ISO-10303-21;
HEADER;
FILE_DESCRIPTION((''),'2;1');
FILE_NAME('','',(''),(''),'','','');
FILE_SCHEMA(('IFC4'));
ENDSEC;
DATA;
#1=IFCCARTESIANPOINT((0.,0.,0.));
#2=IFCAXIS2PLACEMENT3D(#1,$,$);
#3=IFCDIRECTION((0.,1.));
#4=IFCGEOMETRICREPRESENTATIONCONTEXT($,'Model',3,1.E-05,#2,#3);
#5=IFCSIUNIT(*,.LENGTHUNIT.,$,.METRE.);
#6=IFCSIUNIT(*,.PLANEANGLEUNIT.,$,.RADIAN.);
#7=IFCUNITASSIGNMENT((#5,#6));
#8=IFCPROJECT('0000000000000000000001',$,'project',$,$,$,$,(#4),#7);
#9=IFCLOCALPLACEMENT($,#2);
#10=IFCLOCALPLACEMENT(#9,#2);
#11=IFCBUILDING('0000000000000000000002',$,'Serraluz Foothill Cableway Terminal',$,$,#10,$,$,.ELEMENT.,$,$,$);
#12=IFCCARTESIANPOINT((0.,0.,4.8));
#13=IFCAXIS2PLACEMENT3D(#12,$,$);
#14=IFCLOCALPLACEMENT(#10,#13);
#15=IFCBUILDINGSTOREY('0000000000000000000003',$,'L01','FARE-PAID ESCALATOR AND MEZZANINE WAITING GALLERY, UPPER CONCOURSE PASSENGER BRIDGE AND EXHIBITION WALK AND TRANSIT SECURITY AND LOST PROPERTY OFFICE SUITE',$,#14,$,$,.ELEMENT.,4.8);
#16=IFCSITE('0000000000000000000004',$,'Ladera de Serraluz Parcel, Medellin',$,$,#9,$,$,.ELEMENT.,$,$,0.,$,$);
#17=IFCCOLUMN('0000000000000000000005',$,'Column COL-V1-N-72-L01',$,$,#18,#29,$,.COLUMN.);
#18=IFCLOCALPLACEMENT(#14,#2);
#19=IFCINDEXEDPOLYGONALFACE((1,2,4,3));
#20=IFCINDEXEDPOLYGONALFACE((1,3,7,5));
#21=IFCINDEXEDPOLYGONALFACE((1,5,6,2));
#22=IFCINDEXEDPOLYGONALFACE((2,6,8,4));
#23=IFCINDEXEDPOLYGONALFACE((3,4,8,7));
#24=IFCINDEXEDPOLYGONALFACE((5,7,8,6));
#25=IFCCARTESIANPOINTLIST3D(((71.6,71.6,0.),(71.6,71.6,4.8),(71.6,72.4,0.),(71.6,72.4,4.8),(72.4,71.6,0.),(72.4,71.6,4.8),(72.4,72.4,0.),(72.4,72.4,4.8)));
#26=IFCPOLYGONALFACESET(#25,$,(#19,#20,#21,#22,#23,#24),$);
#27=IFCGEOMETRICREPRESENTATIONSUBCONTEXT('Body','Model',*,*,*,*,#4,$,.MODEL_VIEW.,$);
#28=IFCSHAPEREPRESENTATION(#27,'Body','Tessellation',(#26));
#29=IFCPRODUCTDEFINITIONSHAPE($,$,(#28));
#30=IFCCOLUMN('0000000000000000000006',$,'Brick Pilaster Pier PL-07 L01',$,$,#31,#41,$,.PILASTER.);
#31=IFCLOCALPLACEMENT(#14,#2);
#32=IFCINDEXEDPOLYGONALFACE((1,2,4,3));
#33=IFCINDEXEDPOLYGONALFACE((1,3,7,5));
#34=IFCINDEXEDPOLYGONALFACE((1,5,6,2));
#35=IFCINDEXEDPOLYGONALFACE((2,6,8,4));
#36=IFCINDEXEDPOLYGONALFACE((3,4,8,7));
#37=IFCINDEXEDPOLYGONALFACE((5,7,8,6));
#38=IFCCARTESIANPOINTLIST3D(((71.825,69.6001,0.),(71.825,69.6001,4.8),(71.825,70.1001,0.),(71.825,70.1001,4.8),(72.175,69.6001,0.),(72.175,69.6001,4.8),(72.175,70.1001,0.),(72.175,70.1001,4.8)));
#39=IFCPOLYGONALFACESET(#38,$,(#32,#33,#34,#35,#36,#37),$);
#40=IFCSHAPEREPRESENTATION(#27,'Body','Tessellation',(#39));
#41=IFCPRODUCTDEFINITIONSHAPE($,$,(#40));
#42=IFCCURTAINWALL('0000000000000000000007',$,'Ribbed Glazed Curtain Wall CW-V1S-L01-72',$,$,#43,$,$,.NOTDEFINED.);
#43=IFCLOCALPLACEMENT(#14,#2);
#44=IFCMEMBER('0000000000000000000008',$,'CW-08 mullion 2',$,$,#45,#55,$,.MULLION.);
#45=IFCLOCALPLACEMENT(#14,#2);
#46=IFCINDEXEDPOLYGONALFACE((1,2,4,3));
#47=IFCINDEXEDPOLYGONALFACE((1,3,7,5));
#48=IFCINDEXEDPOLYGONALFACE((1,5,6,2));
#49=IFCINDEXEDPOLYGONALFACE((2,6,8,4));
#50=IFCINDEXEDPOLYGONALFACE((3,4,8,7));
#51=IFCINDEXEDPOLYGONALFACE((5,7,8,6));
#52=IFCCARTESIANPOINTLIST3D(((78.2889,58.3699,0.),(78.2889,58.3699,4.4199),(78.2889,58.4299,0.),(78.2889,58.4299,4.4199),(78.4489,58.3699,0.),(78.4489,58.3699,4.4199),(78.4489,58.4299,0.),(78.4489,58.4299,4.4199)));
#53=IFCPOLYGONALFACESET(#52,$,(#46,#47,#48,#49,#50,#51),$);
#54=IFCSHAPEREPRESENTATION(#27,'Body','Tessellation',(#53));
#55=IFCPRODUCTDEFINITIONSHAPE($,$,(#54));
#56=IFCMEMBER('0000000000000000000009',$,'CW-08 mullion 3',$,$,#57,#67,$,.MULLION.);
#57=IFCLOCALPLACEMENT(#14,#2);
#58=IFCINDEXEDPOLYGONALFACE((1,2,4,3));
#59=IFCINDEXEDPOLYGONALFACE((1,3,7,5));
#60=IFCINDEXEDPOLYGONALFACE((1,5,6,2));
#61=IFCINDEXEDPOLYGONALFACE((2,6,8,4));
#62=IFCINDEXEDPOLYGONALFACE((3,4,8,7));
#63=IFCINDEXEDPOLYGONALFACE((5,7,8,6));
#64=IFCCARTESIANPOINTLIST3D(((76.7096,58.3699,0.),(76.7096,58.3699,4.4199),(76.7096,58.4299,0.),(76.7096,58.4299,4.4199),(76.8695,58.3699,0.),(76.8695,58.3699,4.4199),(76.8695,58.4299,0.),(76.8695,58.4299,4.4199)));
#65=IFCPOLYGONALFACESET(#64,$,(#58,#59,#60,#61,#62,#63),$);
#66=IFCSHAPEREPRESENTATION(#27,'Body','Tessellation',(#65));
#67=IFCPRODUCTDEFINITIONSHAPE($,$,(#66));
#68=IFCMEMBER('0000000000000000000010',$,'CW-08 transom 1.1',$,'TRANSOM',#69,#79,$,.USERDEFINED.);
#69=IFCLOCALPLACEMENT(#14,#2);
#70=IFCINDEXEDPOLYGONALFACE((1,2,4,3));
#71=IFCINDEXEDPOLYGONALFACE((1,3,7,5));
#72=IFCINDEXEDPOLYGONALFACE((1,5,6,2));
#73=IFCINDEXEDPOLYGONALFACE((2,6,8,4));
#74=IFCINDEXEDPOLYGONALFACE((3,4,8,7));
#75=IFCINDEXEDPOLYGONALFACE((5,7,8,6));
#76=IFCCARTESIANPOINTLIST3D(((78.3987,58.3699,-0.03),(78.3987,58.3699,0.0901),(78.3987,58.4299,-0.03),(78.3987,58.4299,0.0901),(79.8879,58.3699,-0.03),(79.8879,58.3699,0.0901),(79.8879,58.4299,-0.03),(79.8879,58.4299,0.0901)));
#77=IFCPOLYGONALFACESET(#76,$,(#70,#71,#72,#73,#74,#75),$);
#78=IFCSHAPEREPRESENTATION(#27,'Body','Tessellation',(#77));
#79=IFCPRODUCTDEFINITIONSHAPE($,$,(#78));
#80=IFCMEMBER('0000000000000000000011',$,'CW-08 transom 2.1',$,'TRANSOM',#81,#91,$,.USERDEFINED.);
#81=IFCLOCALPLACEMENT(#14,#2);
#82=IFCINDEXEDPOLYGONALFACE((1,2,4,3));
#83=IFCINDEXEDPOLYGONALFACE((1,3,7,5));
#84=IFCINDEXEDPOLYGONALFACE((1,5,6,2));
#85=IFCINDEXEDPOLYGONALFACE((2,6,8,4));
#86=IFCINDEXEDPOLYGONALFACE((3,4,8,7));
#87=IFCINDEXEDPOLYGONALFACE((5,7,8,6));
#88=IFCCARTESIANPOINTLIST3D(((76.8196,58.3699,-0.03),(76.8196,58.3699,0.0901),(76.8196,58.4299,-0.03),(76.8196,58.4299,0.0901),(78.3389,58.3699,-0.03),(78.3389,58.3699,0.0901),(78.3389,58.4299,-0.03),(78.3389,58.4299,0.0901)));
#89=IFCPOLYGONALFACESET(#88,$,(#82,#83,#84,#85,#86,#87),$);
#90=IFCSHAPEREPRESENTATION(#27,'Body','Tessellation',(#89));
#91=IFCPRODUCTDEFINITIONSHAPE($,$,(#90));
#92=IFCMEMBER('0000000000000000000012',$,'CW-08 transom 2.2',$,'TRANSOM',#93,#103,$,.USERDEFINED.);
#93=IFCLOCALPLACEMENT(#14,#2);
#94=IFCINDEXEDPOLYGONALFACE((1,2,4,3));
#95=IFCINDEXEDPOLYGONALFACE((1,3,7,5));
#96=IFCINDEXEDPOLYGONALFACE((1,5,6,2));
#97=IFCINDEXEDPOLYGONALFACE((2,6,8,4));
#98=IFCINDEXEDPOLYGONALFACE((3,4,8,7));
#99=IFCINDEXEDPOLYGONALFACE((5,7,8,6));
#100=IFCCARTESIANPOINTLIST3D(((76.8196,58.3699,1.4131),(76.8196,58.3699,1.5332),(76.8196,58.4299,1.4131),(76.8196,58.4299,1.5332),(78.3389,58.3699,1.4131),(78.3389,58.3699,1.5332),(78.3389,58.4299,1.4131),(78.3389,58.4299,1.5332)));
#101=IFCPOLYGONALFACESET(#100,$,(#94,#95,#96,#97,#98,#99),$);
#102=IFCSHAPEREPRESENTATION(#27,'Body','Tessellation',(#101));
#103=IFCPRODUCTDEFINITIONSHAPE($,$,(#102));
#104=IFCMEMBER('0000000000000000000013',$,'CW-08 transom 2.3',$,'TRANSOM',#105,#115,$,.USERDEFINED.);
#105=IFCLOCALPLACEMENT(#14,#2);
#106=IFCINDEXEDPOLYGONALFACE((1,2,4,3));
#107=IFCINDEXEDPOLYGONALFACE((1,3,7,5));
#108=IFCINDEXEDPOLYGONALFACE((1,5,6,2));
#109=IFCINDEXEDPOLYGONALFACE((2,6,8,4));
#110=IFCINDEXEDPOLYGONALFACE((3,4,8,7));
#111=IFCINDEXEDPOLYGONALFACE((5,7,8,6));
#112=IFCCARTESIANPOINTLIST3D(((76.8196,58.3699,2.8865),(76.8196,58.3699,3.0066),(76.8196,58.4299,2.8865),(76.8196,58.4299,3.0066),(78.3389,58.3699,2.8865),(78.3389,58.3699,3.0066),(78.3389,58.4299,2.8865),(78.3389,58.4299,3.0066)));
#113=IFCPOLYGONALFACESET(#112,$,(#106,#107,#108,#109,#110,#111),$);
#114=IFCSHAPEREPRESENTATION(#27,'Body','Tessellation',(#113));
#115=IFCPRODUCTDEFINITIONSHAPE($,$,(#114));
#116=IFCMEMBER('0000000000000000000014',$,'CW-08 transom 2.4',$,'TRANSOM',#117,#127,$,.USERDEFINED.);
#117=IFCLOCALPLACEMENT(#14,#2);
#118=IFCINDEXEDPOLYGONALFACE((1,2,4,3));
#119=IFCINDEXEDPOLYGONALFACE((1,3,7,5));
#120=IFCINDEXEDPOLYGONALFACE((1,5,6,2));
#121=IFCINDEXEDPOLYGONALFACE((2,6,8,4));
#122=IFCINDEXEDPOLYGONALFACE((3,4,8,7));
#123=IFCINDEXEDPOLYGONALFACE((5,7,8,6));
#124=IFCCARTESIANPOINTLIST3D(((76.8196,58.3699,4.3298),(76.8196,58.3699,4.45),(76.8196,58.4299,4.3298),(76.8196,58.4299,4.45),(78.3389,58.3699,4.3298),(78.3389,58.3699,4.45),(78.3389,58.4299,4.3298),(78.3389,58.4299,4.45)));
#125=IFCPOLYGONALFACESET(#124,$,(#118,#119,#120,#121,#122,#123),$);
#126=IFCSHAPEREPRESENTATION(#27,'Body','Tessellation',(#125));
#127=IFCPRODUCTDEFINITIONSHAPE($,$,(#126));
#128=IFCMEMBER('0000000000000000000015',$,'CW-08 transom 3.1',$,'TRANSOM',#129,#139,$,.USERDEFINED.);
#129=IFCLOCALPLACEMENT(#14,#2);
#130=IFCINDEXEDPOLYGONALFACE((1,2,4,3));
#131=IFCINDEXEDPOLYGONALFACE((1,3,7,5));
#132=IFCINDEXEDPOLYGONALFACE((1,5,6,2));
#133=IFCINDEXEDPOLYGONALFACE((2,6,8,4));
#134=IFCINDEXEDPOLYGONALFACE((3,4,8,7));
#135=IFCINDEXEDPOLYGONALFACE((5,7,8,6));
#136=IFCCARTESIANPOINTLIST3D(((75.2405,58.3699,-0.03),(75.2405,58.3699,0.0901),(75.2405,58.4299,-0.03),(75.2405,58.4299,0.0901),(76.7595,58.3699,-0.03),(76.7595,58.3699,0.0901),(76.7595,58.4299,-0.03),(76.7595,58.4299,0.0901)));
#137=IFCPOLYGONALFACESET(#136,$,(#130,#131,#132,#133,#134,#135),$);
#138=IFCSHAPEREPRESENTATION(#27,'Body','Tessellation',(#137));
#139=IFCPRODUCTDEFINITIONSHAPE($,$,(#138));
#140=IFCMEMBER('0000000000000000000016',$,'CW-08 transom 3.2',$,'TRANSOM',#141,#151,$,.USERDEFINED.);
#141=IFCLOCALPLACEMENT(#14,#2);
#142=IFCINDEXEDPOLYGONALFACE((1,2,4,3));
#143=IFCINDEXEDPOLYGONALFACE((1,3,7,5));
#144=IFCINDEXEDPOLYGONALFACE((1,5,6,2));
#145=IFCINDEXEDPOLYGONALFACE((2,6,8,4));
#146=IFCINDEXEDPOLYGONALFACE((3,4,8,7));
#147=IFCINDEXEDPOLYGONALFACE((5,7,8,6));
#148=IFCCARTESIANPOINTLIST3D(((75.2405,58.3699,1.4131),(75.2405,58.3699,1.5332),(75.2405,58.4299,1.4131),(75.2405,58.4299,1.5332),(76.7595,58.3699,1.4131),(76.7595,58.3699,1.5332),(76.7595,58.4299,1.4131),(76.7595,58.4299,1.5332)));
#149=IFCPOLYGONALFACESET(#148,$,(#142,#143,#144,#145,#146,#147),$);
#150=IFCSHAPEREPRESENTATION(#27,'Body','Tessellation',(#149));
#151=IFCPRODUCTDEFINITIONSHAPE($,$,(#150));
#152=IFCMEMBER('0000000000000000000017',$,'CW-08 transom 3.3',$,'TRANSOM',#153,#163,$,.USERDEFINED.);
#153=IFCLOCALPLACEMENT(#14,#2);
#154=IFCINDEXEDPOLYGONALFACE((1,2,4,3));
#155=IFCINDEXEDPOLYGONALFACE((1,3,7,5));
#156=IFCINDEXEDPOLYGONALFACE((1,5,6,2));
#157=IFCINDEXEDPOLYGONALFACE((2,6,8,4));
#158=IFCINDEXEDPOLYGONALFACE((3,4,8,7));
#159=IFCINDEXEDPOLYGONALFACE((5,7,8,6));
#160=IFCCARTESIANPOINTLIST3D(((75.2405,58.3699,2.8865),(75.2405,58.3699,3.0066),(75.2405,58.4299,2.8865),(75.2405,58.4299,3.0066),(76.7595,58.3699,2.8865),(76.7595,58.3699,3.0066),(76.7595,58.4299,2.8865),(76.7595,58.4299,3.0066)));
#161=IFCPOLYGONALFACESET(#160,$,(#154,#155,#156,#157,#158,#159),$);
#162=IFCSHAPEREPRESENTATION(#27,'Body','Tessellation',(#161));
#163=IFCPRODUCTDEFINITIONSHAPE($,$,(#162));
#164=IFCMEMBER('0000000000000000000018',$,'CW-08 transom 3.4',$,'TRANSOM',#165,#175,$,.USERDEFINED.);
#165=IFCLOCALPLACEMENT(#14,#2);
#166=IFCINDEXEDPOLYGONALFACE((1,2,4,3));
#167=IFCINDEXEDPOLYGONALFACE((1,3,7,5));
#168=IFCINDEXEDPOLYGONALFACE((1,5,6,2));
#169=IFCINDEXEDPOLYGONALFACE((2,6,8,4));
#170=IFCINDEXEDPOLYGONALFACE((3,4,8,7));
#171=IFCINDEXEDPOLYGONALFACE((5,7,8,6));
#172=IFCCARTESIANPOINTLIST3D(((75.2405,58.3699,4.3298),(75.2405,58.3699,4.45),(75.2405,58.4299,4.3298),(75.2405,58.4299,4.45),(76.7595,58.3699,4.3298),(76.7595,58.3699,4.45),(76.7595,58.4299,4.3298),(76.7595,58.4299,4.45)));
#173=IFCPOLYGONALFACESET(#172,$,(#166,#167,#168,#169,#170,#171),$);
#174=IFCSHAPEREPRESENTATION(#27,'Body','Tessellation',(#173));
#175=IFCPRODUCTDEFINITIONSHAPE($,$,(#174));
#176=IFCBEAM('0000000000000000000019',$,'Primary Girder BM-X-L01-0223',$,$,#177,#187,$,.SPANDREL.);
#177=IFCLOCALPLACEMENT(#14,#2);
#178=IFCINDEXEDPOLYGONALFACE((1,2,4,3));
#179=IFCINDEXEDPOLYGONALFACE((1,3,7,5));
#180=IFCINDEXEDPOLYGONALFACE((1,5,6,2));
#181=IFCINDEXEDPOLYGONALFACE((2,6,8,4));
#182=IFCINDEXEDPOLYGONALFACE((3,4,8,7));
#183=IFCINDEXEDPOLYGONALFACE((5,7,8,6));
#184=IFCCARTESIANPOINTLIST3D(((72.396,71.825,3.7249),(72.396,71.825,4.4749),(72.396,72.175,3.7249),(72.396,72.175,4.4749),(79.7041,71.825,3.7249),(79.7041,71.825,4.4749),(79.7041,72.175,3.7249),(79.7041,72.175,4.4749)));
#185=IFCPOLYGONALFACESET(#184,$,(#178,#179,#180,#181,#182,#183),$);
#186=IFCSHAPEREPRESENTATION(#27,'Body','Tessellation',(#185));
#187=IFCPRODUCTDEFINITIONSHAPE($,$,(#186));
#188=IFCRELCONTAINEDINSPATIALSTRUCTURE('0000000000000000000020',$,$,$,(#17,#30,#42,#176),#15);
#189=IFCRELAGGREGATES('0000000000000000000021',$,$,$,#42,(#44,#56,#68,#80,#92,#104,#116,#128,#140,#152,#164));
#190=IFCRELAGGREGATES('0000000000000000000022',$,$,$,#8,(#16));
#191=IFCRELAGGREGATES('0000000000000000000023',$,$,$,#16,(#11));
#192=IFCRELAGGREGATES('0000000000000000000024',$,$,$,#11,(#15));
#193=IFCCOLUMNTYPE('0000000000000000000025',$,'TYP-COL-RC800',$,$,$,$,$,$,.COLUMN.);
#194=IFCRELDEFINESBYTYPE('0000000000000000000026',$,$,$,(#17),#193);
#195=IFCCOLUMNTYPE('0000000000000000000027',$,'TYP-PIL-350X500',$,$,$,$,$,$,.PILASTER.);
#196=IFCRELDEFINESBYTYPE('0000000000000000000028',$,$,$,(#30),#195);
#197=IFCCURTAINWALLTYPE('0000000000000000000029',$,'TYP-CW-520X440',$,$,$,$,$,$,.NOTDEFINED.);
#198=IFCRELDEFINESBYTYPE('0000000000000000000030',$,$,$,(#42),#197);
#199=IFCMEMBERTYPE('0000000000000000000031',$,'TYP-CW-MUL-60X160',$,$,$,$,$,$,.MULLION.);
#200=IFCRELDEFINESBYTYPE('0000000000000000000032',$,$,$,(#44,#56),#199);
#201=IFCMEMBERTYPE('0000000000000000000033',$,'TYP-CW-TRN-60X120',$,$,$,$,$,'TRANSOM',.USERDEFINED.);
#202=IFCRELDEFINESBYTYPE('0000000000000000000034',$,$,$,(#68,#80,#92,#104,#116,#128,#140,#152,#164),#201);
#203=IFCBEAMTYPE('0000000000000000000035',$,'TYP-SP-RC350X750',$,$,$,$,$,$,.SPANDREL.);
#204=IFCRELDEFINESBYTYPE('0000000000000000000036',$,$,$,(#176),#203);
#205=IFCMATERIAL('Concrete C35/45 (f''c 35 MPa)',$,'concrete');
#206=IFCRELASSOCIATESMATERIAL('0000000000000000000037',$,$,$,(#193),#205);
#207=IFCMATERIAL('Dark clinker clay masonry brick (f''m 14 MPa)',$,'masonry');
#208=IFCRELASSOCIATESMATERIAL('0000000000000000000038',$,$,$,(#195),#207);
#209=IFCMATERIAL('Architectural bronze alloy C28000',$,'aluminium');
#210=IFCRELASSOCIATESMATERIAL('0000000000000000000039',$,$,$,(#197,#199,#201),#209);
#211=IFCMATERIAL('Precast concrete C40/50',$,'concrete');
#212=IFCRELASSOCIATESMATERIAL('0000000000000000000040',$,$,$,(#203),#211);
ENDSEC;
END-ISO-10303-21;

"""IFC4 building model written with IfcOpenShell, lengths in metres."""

from ifc_helpers import new_model, si_unit, direction, frame, origin, origin_2d, place, context, subcontext, project, spatial, rectangle, extrude, material, material_profile, profile_set, type_object, element, aggregate, save


model = new_model("IFC4")

# Units and contexts
model_context = context("Model", 3, precision=1e-05, world=origin(), true_north=direction((0.0, 1.0)))
body_context = subcontext(model_context, "Body", "Model", "MODEL_VIEW")
ifc_project = project(units=[si_unit("LENGTHUNIT", "METRE"), si_unit("PLANEANGLEUNIT", "RADIAN")], contexts=[model_context])

# Site, building, storey
site_placement = place(None, origin())
site = spatial("IfcSite", under=ifc_project, at=site_placement, Name="Ladera de Serraluz Parcel, Medellin", CompositionType="ELEMENT", RefElevation=0.0)
building_placement = place(site_placement, origin())
building = spatial("IfcBuilding", under=site, at=building_placement, Name="Serraluz Foothill Cableway Terminal", CompositionType="ELEMENT")
storey_placement = place(building_placement, frame((0.0, 0.0, 4.8)))
storey = spatial("IfcBuildingStorey", under=building, at=storey_placement, Name="L01", Description="FARE-PAID ESCALATOR AND MEZZANINE WAITING GALLERY, UPPER CONCOURSE PASSENGER BRIDGE AND EXHIBITION WALK AND TRANSIT SECURITY AND LOST PROPERTY OFFICE SUITE", CompositionType="ELEMENT", Elevation=4.8)

# Columns
ifc_material_1 = material(Name="Concrete C35/45 (f'c 35 MPa)", Category="concrete")
ifc_material_profile_1 = material_profile(ifc_material_1, rectangle(XDim=0.8, YDim=0.8, at=origin_2d()), Name="RC 800x800")
ifc_profile_set_1 = profile_set([ifc_material_profile_1], Name="Concrete C35/45 (f'c 35 MPa)")
column_type_1 = type_object("IfcColumnType", Name="TYP-COL-RC800", PredefinedType="COLUMN", material=ifc_profile_set_1)
column_1_placement = place(storey_placement, frame((72.0, 72.0, 0.0), z_axis=(0.0, 0.0, 1.0), x_axis=(1.0, 0.0, 0.0)))
element("IfcColumn", 1, at=column_1_placement, inside=storey, type_object=column_type_1, Name="Column COL-V1-N-72-L01", PredefinedType="COLUMN", context=body_context, shape_type="SweptSolid", body=[
    extrude(rectangle(XDim=0.8, YDim=0.8, at=origin_2d()), origin(), (0.0, 0.0, 1.0), 4.8),
])
ifc_material_2 = material(Name="Dark clinker clay masonry brick (f'm 14 MPa)", Category="masonry")
ifc_material_profile_2 = material_profile(ifc_material_2, rectangle(XDim=0.3501, YDim=0.5, at=origin_2d()), Name="PIL 350x500")
ifc_profile_set_2 = profile_set([ifc_material_profile_2], Name="Dark clinker clay masonry brick (f'm 14 MPa)")
column_type_2 = type_object("IfcColumnType", Name="TYP-PIL-350X500", PredefinedType="PILASTER", material=ifc_profile_set_2)
column_2_placement = place(storey_placement, frame((72.0, 69.8501, 0.0), z_axis=(0.0, 0.0, 1.0), x_axis=(1.0, 0.0, 0.0)))
element("IfcColumn", 2, at=column_2_placement, inside=storey, type_object=column_type_2, Name="Brick Pilaster Pier PL-07 L01", PredefinedType="PILASTER", context=body_context, shape_type="SweptSolid", body=[
    extrude(rectangle(XDim=0.3501, YDim=0.5, at=origin_2d()), origin(), (0.0, 0.0, 1.0), 4.8),
])

# Curtain wall, members
ifc_material_3 = material(Name="Architectural bronze alloy C28000", Category="aluminium")
curtain_wall_type = type_object("IfcCurtainWallType", Name="TYP-CW-520X440", PredefinedType="NOTDEFINED", material=ifc_material_3)
curtain_wall_placement = place(storey_placement, origin())
curtain_wall = element("IfcCurtainWall", 3, at=curtain_wall_placement, inside=storey, type_object=curtain_wall_type, Name="Ribbed Glazed Curtain Wall CW-V1S-L01-72", PredefinedType="NOTDEFINED")
ifc_material_profile_3 = material_profile(ifc_material_3, rectangle(XDim=0.0601, YDim=0.1599, at=origin_2d()), Name="ALU MULLION 60x160")
ifc_profile_set_3 = profile_set([ifc_material_profile_3], Name="Architectural bronze alloy C28000")
member_type_1 = type_object("IfcMemberType", Name="TYP-CW-MUL-60X160", PredefinedType="MULLION", material=ifc_profile_set_3)
member_1_placement = place(storey_placement, frame((78.3689, 58.3999, 0.0), z_axis=(0.0, 0.0, 1.0), x_axis=(0.0, -1.0, 0.0)))
member_1 = element("IfcMember", 4, at=member_1_placement, type_object=member_type_1, Name="CW-08 mullion 2", PredefinedType="MULLION", context=body_context, shape_type="SweptSolid", body=[
    extrude(rectangle(XDim=0.0601, YDim=0.1599, at=origin_2d()), origin(), (0.0, 0.0, 1.0), 4.4199),
])
member_2_placement = place(storey_placement, frame((76.7896, 58.3999, 0.0), z_axis=(0.0, 0.0, 1.0), x_axis=(0.0, -1.0, 0.0)))
member_2 = element("IfcMember", 5, at=member_2_placement, type_object=member_type_1, Name="CW-08 mullion 3", PredefinedType="MULLION", context=body_context, shape_type="SweptSolid", body=[
    extrude(rectangle(XDim=0.0601, YDim=0.1599, at=origin_2d()), origin(), (0.0, 0.0, 1.0), 4.4199),
])
ifc_material_profile_4 = material_profile(ifc_material_3, rectangle(XDim=0.0601, YDim=0.1201, at=origin_2d()), Name="ALU TRANSOM 60x120")
ifc_profile_set_4 = profile_set([ifc_material_profile_4], Name="Architectural bronze alloy C28000")
member_type_2 = type_object("IfcMemberType", Name="TYP-CW-TRN-60X120", ElementType="TRANSOM", PredefinedType="USERDEFINED", material=ifc_profile_set_4)
member_3_placement = place(storey_placement, frame((79.8879, 58.3999, 0.03), z_axis=(-1.0, 0.0, 0.0), x_axis=(0.0, -1.0, 0.0)))
member_3 = element("IfcMember", 6, at=member_3_placement, type_object=member_type_2, Name="CW-08 transom 1.1", ObjectType="TRANSOM", PredefinedType="USERDEFINED", context=body_context, shape_type="SweptSolid", body=[
    extrude(rectangle(XDim=0.0601, YDim=0.1201, at=origin_2d()), origin(), (0.0, 0.0, 1.0), 1.4893),
])
member_4_placement = place(storey_placement, frame((78.3389, 58.3999, 0.03), z_axis=(-1.0, 0.0, 0.0), x_axis=(0.0, -1.0, 0.0)))
member_4 = element("IfcMember", 7, at=member_4_placement, type_object=member_type_2, Name="CW-08 transom 2.1", ObjectType="TRANSOM", PredefinedType="USERDEFINED", context=body_context, shape_type="SweptSolid", body=[
    extrude(rectangle(XDim=0.0601, YDim=0.1201, at=origin_2d()), origin(), (0.0, 0.0, 1.0), 1.5193),
])
member_5_placement = place(storey_placement, frame((78.3389, 58.3999, 1.4731), z_axis=(-1.0, 0.0, 0.0), x_axis=(0.0, -1.0, 0.0)))
member_5 = element("IfcMember", 8, at=member_5_placement, type_object=member_type_2, Name="CW-08 transom 2.2", ObjectType="TRANSOM", PredefinedType="USERDEFINED", context=body_context, shape_type="SweptSolid", body=[
    extrude(rectangle(XDim=0.0601, YDim=0.1201, at=origin_2d()), origin(), (0.0, 0.0, 1.0), 1.5193),
])
member_6_placement = place(storey_placement, frame((78.3389, 58.3999, 2.9465), z_axis=(-1.0, 0.0, 0.0), x_axis=(0.0, -1.0, 0.0)))
member_6 = element("IfcMember", 9, at=member_6_placement, type_object=member_type_2, Name="CW-08 transom 2.3", ObjectType="TRANSOM", PredefinedType="USERDEFINED", context=body_context, shape_type="SweptSolid", body=[
    extrude(rectangle(XDim=0.0601, YDim=0.1201, at=origin_2d()), origin(), (0.0, 0.0, 1.0), 1.5193),
])
member_7_placement = place(storey_placement, frame((78.3389, 58.3999, 4.3899), z_axis=(-1.0, 0.0, 0.0), x_axis=(0.0, -1.0, 0.0)))
member_7 = element("IfcMember", 10, at=member_7_placement, type_object=member_type_2, Name="CW-08 transom 2.4", ObjectType="TRANSOM", PredefinedType="USERDEFINED", context=body_context, shape_type="SweptSolid", body=[
    extrude(rectangle(XDim=0.0601, YDim=0.1201, at=origin_2d()), origin(), (0.0, 0.0, 1.0), 1.5193),
])
member_8_placement = place(storey_placement, frame((76.7595, 58.3999, 0.03), z_axis=(-1.0, 0.0, 0.0), x_axis=(0.0, -1.0, 0.0)))
member_8 = element("IfcMember", 11, at=member_8_placement, type_object=member_type_2, Name="CW-08 transom 3.1", ObjectType="TRANSOM", PredefinedType="USERDEFINED", context=body_context, shape_type="SweptSolid", body=[
    extrude(rectangle(XDim=0.0601, YDim=0.1201, at=origin_2d()), origin(), (0.0, 0.0, 1.0), 1.519),
])
member_9_placement = place(storey_placement, frame((76.7595, 58.3999, 1.4731), z_axis=(-1.0, 0.0, 0.0), x_axis=(0.0, -1.0, 0.0)))
member_9 = element("IfcMember", 12, at=member_9_placement, type_object=member_type_2, Name="CW-08 transom 3.2", ObjectType="TRANSOM", PredefinedType="USERDEFINED", context=body_context, shape_type="SweptSolid", body=[
    extrude(rectangle(XDim=0.0601, YDim=0.1201, at=origin_2d()), origin(), (0.0, 0.0, 1.0), 1.519),
])
member_10_placement = place(storey_placement, frame((76.7595, 58.3999, 2.9465), z_axis=(-1.0, 0.0, 0.0), x_axis=(0.0, -1.0, 0.0)))
member_10 = element("IfcMember", 13, at=member_10_placement, type_object=member_type_2, Name="CW-08 transom 3.3", ObjectType="TRANSOM", PredefinedType="USERDEFINED", context=body_context, shape_type="SweptSolid", body=[
    extrude(rectangle(XDim=0.0601, YDim=0.1201, at=origin_2d()), origin(), (0.0, 0.0, 1.0), 1.519),
])
member_11_placement = place(storey_placement, frame((76.7595, 58.3999, 4.3899), z_axis=(-1.0, 0.0, 0.0), x_axis=(0.0, -1.0, 0.0)))
member_11 = element("IfcMember", 14, at=member_11_placement, type_object=member_type_2, Name="CW-08 transom 3.4", ObjectType="TRANSOM", PredefinedType="USERDEFINED", context=body_context, shape_type="SweptSolid", body=[
    extrude(rectangle(XDim=0.0601, YDim=0.1201, at=origin_2d()), origin(), (0.0, 0.0, 1.0), 1.519),
])

# Beam
ifc_material_4 = material(Name="Precast concrete C40/50", Category="concrete")
ifc_material_profile_5 = material_profile(ifc_material_4, rectangle(XDim=0.3501, YDim=0.75, at=origin_2d()), Name="RC SP 350x750")
ifc_profile_set_5 = profile_set([ifc_material_profile_5], Name="Precast concrete C40/50")
beam_type = type_object("IfcBeamType", Name="TYP-SP-RC350X750", PredefinedType="SPANDREL", material=ifc_profile_set_5)
beam_placement = place(storey_placement, frame((72.396, 72.0, 4.0999), z_axis=(1.0, 0.0, 0.0), x_axis=(0.0, 1.0, 0.0)))
element("IfcBeam", 15, at=beam_placement, inside=storey, type_object=beam_type, Name="Primary Girder BM-X-L01-0223", PredefinedType="SPANDREL", context=body_context, shape_type="SweptSolid", body=[
    extrude(rectangle(XDim=0.3501, YDim=0.75, at=origin_2d()), origin(), (0.0, 0.0, 1.0), 7.3081),
])

aggregate(curtain_wall, [member_1, member_2, member_3, member_4, member_5, member_6, member_7, member_8, member_9, member_10, member_11])

save(model, "model.ifc")
